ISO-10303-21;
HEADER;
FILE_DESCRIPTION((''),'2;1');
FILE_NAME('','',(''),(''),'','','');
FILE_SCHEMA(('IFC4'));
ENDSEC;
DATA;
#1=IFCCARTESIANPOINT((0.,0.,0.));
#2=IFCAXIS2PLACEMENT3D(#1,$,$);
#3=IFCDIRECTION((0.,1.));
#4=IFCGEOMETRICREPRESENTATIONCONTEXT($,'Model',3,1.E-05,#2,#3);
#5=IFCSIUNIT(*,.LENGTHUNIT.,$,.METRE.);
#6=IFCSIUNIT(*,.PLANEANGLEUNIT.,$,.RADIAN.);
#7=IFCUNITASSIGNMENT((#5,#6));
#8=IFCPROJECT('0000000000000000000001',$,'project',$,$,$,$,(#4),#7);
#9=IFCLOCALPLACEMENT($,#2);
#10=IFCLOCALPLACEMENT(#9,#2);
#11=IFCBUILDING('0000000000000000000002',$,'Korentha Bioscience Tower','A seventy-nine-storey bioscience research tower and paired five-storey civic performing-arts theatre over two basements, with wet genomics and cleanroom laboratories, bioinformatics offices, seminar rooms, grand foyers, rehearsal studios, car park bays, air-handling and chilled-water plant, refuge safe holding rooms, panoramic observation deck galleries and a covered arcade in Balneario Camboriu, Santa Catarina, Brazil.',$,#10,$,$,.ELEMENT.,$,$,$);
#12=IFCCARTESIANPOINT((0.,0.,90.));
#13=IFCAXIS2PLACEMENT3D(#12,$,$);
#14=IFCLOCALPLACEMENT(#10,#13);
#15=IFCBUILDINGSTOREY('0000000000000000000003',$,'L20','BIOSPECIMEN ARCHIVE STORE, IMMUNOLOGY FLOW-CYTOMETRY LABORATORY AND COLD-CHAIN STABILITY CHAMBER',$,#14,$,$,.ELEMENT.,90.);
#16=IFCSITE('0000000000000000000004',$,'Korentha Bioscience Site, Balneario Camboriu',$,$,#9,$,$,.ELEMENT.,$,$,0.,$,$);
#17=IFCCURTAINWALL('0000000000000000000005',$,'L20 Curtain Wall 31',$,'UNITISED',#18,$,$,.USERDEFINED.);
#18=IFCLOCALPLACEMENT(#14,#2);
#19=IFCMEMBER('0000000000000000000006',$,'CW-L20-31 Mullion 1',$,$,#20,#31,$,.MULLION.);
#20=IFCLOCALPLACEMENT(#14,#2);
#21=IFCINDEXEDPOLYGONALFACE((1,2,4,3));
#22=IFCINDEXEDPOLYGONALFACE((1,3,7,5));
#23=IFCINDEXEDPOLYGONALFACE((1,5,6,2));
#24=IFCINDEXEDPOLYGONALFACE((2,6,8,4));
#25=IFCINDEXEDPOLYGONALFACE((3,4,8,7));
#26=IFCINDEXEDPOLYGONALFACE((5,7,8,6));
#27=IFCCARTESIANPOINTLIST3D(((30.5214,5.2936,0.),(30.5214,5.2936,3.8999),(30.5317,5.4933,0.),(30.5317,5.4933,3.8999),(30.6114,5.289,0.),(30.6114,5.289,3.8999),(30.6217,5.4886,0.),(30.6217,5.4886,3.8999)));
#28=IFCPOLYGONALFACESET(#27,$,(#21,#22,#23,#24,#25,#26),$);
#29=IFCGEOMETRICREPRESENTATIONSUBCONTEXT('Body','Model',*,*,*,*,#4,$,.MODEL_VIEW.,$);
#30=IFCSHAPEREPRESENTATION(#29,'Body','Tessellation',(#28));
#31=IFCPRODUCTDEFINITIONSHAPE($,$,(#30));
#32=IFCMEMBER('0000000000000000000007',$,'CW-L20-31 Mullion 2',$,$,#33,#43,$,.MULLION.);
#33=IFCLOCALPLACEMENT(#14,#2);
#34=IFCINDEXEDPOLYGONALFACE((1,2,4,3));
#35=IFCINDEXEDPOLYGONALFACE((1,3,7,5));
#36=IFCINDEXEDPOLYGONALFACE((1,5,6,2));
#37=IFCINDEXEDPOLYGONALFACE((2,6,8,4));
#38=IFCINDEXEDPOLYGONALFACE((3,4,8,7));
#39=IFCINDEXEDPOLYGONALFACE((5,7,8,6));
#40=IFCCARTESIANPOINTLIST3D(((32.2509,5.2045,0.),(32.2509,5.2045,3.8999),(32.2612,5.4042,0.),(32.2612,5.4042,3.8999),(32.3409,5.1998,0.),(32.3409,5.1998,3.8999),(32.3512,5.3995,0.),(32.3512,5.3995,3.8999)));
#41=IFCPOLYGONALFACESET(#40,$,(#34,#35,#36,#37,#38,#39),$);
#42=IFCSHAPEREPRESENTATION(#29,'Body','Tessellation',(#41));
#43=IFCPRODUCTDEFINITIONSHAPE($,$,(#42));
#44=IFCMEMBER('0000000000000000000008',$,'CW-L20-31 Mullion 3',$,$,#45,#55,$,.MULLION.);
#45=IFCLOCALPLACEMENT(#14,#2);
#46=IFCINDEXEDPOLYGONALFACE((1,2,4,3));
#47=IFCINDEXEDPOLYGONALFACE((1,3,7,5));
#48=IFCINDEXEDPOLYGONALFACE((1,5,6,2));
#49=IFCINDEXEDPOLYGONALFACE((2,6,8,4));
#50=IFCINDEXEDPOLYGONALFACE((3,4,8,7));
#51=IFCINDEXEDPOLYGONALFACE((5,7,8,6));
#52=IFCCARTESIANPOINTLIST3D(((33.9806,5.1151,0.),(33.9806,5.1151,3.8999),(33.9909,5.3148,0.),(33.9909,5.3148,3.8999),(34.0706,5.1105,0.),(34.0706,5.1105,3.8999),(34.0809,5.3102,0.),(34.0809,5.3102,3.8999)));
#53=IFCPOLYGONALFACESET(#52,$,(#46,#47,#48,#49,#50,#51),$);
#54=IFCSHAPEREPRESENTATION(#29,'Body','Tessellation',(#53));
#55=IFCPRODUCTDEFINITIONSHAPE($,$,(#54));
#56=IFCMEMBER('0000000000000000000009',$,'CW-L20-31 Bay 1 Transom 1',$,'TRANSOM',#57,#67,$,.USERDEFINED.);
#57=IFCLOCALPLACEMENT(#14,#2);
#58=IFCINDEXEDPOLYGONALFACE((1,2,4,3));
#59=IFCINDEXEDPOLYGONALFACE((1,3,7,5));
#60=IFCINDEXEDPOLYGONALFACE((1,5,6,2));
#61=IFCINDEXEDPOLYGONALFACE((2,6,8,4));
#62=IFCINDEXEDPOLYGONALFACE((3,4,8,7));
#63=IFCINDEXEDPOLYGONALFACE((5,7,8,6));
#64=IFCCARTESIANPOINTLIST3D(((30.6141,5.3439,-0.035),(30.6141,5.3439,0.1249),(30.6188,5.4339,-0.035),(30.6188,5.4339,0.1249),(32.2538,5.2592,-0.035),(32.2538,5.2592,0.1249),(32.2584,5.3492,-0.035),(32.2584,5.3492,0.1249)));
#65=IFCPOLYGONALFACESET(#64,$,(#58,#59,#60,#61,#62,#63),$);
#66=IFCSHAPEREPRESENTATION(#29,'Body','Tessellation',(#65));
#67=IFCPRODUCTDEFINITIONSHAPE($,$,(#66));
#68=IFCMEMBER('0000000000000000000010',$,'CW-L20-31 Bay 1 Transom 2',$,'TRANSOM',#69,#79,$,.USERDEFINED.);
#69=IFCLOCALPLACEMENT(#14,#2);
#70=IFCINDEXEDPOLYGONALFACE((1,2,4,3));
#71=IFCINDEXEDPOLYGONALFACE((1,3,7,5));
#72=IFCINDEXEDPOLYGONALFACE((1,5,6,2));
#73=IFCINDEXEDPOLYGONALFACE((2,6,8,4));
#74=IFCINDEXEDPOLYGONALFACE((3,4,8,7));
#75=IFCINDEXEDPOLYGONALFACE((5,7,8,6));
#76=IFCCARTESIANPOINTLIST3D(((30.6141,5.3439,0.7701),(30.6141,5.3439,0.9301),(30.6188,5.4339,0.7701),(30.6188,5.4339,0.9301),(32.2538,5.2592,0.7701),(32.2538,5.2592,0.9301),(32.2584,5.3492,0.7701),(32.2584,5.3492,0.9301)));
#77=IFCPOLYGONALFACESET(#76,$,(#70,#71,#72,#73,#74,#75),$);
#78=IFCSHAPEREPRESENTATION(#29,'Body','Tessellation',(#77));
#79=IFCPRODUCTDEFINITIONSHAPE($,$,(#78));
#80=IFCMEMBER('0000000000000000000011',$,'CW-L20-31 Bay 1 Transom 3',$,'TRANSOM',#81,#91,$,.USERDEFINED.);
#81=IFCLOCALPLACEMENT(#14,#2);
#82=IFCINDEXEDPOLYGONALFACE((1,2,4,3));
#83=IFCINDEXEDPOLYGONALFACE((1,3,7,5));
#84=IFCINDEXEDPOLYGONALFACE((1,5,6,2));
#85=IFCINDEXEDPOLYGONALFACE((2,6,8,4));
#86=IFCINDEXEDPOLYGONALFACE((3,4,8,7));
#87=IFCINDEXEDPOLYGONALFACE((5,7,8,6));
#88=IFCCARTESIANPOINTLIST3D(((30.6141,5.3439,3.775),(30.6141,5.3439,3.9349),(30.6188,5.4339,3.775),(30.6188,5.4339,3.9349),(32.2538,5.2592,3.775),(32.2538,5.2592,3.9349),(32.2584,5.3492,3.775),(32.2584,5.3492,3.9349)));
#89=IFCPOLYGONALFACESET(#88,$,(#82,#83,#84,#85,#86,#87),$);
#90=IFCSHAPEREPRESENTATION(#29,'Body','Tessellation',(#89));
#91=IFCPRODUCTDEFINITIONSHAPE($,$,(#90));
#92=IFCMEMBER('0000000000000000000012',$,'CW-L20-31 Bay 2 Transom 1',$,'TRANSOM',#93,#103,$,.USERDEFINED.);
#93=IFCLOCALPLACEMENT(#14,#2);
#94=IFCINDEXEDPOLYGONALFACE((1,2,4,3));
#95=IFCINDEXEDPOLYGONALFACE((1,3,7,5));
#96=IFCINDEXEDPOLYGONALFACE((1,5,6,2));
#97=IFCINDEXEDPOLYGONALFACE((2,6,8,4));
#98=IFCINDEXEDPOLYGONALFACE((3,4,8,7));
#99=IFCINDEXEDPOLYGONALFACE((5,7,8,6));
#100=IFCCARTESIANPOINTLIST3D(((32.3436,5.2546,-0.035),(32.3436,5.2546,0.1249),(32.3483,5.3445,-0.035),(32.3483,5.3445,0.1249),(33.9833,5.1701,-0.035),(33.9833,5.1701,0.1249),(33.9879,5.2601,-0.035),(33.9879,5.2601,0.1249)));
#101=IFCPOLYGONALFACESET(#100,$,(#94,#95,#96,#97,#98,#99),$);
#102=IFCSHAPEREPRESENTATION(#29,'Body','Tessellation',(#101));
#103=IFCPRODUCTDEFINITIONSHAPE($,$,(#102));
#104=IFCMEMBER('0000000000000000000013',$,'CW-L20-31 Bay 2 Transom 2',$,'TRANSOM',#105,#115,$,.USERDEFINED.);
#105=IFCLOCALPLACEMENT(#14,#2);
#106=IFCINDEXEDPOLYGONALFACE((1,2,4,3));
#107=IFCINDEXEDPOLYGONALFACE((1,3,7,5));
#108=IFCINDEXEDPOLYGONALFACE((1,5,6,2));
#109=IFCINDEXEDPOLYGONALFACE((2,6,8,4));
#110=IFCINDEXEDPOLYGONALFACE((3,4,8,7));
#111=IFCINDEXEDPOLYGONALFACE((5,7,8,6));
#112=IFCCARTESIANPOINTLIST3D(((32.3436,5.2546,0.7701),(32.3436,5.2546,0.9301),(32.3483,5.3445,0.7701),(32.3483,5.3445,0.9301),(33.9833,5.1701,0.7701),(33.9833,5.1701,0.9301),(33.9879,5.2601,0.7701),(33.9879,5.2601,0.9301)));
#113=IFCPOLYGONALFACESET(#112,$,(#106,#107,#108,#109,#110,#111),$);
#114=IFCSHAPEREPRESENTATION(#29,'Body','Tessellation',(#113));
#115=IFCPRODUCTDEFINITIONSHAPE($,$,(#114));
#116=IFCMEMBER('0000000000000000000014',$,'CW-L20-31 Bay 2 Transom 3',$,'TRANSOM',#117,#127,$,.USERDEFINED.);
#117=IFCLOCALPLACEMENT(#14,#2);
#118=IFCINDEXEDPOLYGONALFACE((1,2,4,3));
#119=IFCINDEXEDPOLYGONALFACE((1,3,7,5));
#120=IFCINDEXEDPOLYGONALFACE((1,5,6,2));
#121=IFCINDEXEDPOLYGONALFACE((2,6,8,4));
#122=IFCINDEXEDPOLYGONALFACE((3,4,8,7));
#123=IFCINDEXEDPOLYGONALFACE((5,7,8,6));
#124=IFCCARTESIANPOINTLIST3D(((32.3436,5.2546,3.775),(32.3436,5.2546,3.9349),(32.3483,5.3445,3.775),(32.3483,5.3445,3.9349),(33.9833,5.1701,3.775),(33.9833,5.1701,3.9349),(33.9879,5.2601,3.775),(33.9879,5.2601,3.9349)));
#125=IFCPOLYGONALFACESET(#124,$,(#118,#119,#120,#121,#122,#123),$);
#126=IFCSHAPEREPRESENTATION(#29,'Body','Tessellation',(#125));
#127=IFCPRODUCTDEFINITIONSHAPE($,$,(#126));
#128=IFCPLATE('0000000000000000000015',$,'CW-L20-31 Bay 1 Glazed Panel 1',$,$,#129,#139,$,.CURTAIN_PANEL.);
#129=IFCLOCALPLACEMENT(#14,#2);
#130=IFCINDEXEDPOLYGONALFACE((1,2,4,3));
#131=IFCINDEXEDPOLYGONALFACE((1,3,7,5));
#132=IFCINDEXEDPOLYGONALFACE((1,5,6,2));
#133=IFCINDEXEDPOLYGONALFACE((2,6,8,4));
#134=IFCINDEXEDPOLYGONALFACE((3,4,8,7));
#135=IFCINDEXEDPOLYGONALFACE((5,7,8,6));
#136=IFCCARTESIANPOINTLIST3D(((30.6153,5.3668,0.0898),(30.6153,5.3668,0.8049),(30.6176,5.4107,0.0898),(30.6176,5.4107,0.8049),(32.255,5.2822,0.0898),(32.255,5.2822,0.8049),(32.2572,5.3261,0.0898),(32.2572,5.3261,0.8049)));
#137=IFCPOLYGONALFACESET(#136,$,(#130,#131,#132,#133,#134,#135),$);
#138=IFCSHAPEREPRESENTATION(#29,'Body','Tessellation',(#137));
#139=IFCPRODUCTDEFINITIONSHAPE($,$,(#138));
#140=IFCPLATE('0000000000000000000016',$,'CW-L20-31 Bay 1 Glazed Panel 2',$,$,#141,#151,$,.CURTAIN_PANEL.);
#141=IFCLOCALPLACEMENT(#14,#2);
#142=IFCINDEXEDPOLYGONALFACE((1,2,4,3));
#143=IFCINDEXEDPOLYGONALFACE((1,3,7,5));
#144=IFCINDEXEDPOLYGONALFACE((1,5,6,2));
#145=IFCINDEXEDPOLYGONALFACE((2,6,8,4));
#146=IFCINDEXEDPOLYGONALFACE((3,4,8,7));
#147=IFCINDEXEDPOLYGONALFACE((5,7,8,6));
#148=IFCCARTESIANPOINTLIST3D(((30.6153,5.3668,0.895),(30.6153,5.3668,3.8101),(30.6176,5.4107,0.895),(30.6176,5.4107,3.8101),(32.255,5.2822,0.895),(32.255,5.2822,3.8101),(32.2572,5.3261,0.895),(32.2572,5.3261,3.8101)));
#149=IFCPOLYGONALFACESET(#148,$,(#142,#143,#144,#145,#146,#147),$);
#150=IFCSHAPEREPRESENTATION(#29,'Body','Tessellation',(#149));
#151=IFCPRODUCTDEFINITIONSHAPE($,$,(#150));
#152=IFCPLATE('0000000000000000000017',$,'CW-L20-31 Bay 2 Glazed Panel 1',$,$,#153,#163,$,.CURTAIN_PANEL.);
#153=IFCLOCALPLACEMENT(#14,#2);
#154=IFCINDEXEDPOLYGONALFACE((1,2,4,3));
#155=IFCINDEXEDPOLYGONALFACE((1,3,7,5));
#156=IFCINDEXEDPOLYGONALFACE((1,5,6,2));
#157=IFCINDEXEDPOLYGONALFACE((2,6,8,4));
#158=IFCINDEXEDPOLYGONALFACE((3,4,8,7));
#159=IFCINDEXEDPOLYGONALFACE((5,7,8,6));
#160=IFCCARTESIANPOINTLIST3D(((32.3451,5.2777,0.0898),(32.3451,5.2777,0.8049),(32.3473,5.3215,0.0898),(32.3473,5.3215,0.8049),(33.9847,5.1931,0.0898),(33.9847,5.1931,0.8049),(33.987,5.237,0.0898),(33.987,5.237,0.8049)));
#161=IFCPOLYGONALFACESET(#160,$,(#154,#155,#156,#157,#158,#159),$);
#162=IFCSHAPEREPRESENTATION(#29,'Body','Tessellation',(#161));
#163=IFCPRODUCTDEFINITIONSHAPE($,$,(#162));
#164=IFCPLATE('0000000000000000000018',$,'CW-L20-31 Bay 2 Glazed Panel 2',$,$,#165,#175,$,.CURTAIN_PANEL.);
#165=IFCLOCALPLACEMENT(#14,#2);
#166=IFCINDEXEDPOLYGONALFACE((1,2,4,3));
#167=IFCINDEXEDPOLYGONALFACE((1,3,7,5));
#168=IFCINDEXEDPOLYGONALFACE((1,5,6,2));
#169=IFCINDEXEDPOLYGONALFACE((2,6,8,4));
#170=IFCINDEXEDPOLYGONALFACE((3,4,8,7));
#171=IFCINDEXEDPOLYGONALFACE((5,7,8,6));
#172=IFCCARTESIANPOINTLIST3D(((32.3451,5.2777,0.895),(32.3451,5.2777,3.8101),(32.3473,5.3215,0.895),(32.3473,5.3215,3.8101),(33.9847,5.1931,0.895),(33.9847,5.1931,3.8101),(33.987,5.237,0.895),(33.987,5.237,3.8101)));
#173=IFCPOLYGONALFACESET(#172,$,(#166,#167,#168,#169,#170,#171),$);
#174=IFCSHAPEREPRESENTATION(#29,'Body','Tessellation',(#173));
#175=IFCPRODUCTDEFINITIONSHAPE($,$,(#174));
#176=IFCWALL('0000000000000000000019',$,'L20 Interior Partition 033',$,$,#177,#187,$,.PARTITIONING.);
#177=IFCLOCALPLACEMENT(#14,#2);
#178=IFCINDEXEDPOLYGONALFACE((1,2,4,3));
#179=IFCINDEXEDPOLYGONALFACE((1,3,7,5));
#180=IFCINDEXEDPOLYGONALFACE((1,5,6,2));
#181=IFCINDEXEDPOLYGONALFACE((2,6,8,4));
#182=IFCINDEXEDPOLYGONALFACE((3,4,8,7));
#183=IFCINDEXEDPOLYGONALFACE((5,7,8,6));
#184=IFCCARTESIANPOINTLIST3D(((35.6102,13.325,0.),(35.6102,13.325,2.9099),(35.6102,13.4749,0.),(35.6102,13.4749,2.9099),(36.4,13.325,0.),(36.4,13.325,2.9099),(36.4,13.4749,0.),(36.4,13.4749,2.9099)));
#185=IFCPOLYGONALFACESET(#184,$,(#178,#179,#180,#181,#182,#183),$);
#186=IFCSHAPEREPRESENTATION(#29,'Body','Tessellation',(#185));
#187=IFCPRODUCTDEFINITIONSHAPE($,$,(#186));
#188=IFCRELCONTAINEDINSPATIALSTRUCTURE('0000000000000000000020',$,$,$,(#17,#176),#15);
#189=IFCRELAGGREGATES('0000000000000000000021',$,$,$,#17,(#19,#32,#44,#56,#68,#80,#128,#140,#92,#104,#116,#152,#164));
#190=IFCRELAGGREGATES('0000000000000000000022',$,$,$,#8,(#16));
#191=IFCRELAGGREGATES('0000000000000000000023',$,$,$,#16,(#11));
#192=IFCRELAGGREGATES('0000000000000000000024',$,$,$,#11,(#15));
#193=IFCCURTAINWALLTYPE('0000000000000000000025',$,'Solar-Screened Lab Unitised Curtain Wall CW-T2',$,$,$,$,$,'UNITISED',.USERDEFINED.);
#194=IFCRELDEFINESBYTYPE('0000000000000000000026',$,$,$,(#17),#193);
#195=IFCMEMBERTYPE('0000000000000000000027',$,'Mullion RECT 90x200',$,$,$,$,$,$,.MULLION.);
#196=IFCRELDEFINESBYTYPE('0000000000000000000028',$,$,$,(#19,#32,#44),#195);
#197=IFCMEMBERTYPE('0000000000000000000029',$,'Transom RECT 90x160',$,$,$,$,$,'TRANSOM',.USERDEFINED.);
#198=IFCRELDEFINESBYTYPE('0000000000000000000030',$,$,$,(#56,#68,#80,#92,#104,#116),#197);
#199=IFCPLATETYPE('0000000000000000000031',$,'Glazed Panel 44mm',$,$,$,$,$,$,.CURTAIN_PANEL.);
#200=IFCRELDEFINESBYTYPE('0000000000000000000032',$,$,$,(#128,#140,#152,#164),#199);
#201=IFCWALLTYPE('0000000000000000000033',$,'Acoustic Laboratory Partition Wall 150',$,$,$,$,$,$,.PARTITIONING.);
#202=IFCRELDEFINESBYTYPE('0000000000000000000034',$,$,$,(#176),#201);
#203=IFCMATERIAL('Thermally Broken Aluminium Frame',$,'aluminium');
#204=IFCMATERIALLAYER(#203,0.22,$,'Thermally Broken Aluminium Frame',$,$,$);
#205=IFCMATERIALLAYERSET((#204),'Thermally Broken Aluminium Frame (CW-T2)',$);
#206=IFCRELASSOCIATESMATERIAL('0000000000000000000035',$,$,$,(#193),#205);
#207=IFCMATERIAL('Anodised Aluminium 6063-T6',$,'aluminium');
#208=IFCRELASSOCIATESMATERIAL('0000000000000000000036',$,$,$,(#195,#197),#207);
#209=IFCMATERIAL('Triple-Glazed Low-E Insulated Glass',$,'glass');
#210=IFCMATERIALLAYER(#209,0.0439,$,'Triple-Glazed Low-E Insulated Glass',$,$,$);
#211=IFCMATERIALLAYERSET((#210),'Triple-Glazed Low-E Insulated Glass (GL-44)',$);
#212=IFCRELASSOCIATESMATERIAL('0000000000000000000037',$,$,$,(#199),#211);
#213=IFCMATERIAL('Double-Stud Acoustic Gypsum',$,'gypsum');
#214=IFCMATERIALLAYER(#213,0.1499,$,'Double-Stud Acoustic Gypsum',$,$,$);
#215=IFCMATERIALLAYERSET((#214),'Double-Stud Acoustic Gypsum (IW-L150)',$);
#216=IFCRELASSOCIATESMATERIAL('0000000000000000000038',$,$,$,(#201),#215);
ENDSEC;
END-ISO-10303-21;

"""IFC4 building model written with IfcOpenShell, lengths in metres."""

from ifc_helpers import new_model, si_unit, direction, frame, frame_2d, origin, origin_2d, place, context, subcontext, project, spatial, rectangle, extrude, material, layer, layer_set, material_profile, profile_set, type_object, element, aggregate, save


model = new_model("IFC4")

# Units and contexts
model_context = context("Model", 3, precision=1e-05, world=origin(), true_north=direction((0.0, 1.0)))
body_context = subcontext(model_context, "Body", "Model", "MODEL_VIEW")
ifc_project = project(units=[si_unit("LENGTHUNIT", "METRE"), si_unit("PLANEANGLEUNIT", "RADIAN")], contexts=[model_context])

# Site, building, storey
site_placement = place(None, origin())
site = spatial("IfcSite", under=ifc_project, at=site_placement, Name="Korentha Bioscience Site, Balneario Camboriu", CompositionType="ELEMENT", RefElevation=0.0)
building_placement = place(site_placement, origin())
building = spatial("IfcBuilding", under=site, at=building_placement, Name="Korentha Bioscience Tower", Description="A seventy-nine-storey bioscience research tower and paired five-storey civic performing-arts theatre over two basements, with wet genomics and cleanroom laboratories, bioinformatics offices, seminar rooms, grand foyers, rehearsal studios, car park bays, air-handling and chilled-water plant, refuge safe holding rooms, panoramic observation deck galleries and a covered arcade in Balneario Camboriu, Santa Catarina, Brazil.", CompositionType="ELEMENT")
storey_placement = place(building_placement, frame((0.0, 0.0, 90.0)))
storey = spatial("IfcBuildingStorey", under=building, at=storey_placement, Name="L20", Description="BIOSPECIMEN ARCHIVE STORE, IMMUNOLOGY FLOW-CYTOMETRY LABORATORY AND COLD-CHAIN STABILITY CHAMBER", CompositionType="ELEMENT", Elevation=90.0)

# Curtain wall, members, plates
ifc_material_1 = material(Name="Thermally Broken Aluminium Frame", Category="aluminium")
ifc_layer_1 = layer(ifc_material_1, 0.22, Name="Thermally Broken Aluminium Frame")
ifc_layer_set_1 = layer_set([ifc_layer_1], Name="Thermally Broken Aluminium Frame (CW-T2)")
curtain_wall_type = type_object("IfcCurtainWallType", Name="Solar-Screened Lab Unitised Curtain Wall CW-T2", ElementType="UNITISED", PredefinedType="USERDEFINED", material=ifc_layer_set_1)
curtain_wall_placement = place(storey_placement, origin())
curtain_wall = element("IfcCurtainWall", 1, at=curtain_wall_placement, inside=storey, type_object=curtain_wall_type, Name="L20 Curtain Wall 31", ObjectType="UNITISED", PredefinedType="USERDEFINED")
ifc_material_2 = material(Name="Anodised Aluminium 6063-T6", Category="aluminium")
ifc_material_profile_1 = material_profile(ifc_material_2, rectangle(XDim=0.0901, YDim=0.2, at=origin_2d()), Name="Anodised Aluminium 6063-T6")
ifc_profile_set_1 = profile_set([ifc_material_profile_1], Name="Anodised Aluminium 6063-T6 (CW-MUL)")
member_type_1 = type_object("IfcMemberType", Name="Mullion RECT 90x200", PredefinedType="MULLION", material=ifc_profile_set_1)
member_1_placement = place(storey_placement, frame((30.5715, 5.3911, 0.0), z_axis=(0.0, 0.0, 1.0), x_axis=(0.998673, -0.051495, 0.0)))
member_1 = element("IfcMember", 2, at=member_1_placement, type_object=member_type_1, Name="CW-L20-31 Mullion 1", PredefinedType="MULLION", context=body_context, shape_type="SweptSolid", body=[
    extrude(rectangle(XDim=0.0901, YDim=0.2, at=origin_2d()), origin(), (0.0, 0.0, 1.0), 3.8999),
])
member_2_placement = place(storey_placement, frame((32.301, 5.302, 0.0), z_axis=(0.0, 0.0, 1.0), x_axis=(0.998673, -0.051495, 0.0)))
member_2 = element("IfcMember", 3, at=member_2_placement, type_object=member_type_1, Name="CW-L20-31 Mullion 2", PredefinedType="MULLION", context=body_context, shape_type="SweptSolid", body=[
    extrude(rectangle(XDim=0.0901, YDim=0.2, at=origin_2d()), origin(), (0.0, 0.0, 1.0), 3.8999),
])
member_3_placement = place(storey_placement, frame((34.0308, 5.2126, 0.0), z_axis=(0.0, 0.0, 1.0), x_axis=(0.998673, -0.051495, 0.0)))
member_3 = element("IfcMember", 4, at=member_3_placement, type_object=member_type_1, Name="CW-L20-31 Mullion 3", PredefinedType="MULLION", context=body_context, shape_type="SweptSolid", body=[
    extrude(rectangle(XDim=0.0901, YDim=0.2, at=origin_2d()), origin(), (0.0, 0.0, 1.0), 3.8999),
])
ifc_material_profile_2 = material_profile(ifc_material_2, rectangle(XDim=0.0901, YDim=0.1599, at=origin_2d()), Name="Anodised Aluminium 6063-T6")
ifc_profile_set_2 = profile_set([ifc_material_profile_2], Name="Anodised Aluminium 6063-T6 (CW-TRN)")
member_type_2 = type_object("IfcMemberType", Name="Transom RECT 90x160", ElementType="TRANSOM", PredefinedType="USERDEFINED", material=ifc_profile_set_2)
member_4_placement = place(storey_placement, frame((30.6165, 5.3889, 0.0449), z_axis=(0.998668, -0.051599, 0.0), x_axis=(0.051599, 0.998668, 0.0)))
member_4 = element("IfcMember", 5, at=member_4_placement, type_object=member_type_2, Name="CW-L20-31 Bay 1 Transom 1", ObjectType="TRANSOM", PredefinedType="USERDEFINED", context=body_context, shape_type="SweptSolid", body=[
    extrude(rectangle(XDim=0.0901, YDim=0.1599, at=origin_2d()), origin(), (0.0, 0.0, 1.0), 1.6418),
])
member_5_placement = place(storey_placement, frame((30.6165, 5.3889, 0.8501), z_axis=(0.998668, -0.051599, 0.0), x_axis=(0.051599, 0.998668, 0.0)))
member_5 = element("IfcMember", 6, at=member_5_placement, type_object=member_type_2, Name="CW-L20-31 Bay 1 Transom 2", ObjectType="TRANSOM", PredefinedType="USERDEFINED", context=body_context, shape_type="SweptSolid", body=[
    extrude(rectangle(XDim=0.0901, YDim=0.1599, at=origin_2d()), origin(), (0.0, 0.0, 1.0), 1.6418),
])
member_6_placement = place(storey_placement, frame((30.6165, 5.3889, 3.855), z_axis=(0.998668, -0.051599, 0.0), x_axis=(0.051599, 0.998668, 0.0)))
member_6 = element("IfcMember", 7, at=member_6_placement, type_object=member_type_2, Name="CW-L20-31 Bay 1 Transom 3", ObjectType="TRANSOM", PredefinedType="USERDEFINED", context=body_context, shape_type="SweptSolid", body=[
    extrude(rectangle(XDim=0.0901, YDim=0.1599, at=origin_2d()), origin(), (0.0, 0.0, 1.0), 1.6418),
])
member_7_placement = place(storey_placement, frame((32.3459, 5.2996, 0.0449), z_axis=(0.998676, -0.051451, 0.0), x_axis=(0.051451, 0.998676, 0.0)))
member_7 = element("IfcMember", 8, at=member_7_placement, type_object=member_type_2, Name="CW-L20-31 Bay 2 Transom 1", ObjectType="TRANSOM", PredefinedType="USERDEFINED", context=body_context, shape_type="SweptSolid", body=[
    extrude(rectangle(XDim=0.0901, YDim=0.1599, at=origin_2d()), origin(), (0.0, 0.0, 1.0), 1.6418),
])
member_8_placement = place(storey_placement, frame((32.3459, 5.2996, 0.8501), z_axis=(0.998676, -0.051451, 0.0), x_axis=(0.051451, 0.998676, 0.0)))
member_8 = element("IfcMember", 9, at=member_8_placement, type_object=member_type_2, Name="CW-L20-31 Bay 2 Transom 2", ObjectType="TRANSOM", PredefinedType="USERDEFINED", context=body_context, shape_type="SweptSolid", body=[
    extrude(rectangle(XDim=0.0901, YDim=0.1599, at=origin_2d()), origin(), (0.0, 0.0, 1.0), 1.6418),
])
member_9_placement = place(storey_placement, frame((32.3459, 5.2996, 3.855), z_axis=(0.998676, -0.051451, 0.0), x_axis=(0.051451, 0.998676, 0.0)))
member_9 = element("IfcMember", 10, at=member_9_placement, type_object=member_type_2, Name="CW-L20-31 Bay 2 Transom 3", ObjectType="TRANSOM", PredefinedType="USERDEFINED", context=body_context, shape_type="SweptSolid", body=[
    extrude(rectangle(XDim=0.0901, YDim=0.1599, at=origin_2d()), origin(), (0.0, 0.0, 1.0), 1.6418),
])
ifc_material_3 = material(Name="Triple-Glazed Low-E Insulated Glass", Category="glass")
ifc_layer_2 = layer(ifc_material_3, 0.0439, Name="Triple-Glazed Low-E Insulated Glass")
ifc_layer_set_2 = layer_set([ifc_layer_2], Name="Triple-Glazed Low-E Insulated Glass (GL-44)")
plate_type = type_object("IfcPlateType", Name="Glazed Panel 44mm", PredefinedType="CURTAIN_PANEL", material=ifc_layer_set_2)
plate_1_placement = place(storey_placement, frame((31.4363, 5.3464, 0.0898), z_axis=(0.0, 0.0, 1.0), x_axis=(0.998673, -0.051495, 0.0)))
plate_1 = element("IfcPlate", 11, at=plate_1_placement, type_object=plate_type, Name="CW-L20-31 Bay 1 Glazed Panel 1", PredefinedType="CURTAIN_PANEL", context=body_context, shape_type="SweptSolid", body=[
    extrude(rectangle(XDim=1.6418, YDim=0.0439, at=origin_2d()), origin(), (0.0, 0.0, 1.0), 0.7151),
])
plate_2_placement = place(storey_placement, frame((31.4363, 5.3464, 0.895), z_axis=(0.0, 0.0, 1.0), x_axis=(0.998673, -0.051495, 0.0)))
plate_2 = element("IfcPlate", 12, at=plate_2_placement, type_object=plate_type, Name="CW-L20-31 Bay 1 Glazed Panel 2", PredefinedType="CURTAIN_PANEL", context=body_context, shape_type="SweptSolid", body=[
    extrude(rectangle(XDim=1.6418, YDim=0.0439, at=origin_2d()), origin(), (0.0, 0.0, 1.0), 2.915),
])
plate_3_placement = place(storey_placement, frame((33.166, 5.2573, 0.0898), z_axis=(0.0, 0.0, 1.0), x_axis=(0.998673, -0.051495, 0.0)))
plate_3 = element("IfcPlate", 13, at=plate_3_placement, type_object=plate_type, Name="CW-L20-31 Bay 2 Glazed Panel 1", PredefinedType="CURTAIN_PANEL", context=body_context, shape_type="SweptSolid", body=[
    extrude(rectangle(XDim=1.6418, YDim=0.0439, at=origin_2d()), origin(), (0.0, 0.0, 1.0), 0.7151),
])
plate_4_placement = place(storey_placement, frame((33.166, 5.2573, 0.895), z_axis=(0.0, 0.0, 1.0), x_axis=(0.998673, -0.051495, 0.0)))
plate_4 = element("IfcPlate", 14, at=plate_4_placement, type_object=plate_type, Name="CW-L20-31 Bay 2 Glazed Panel 2", PredefinedType="CURTAIN_PANEL", context=body_context, shape_type="SweptSolid", body=[
    extrude(rectangle(XDim=1.6418, YDim=0.0439, at=origin_2d()), origin(), (0.0, 0.0, 1.0), 2.915),
])
aggregate(curtain_wall, [member_1, member_2, member_3, member_4, member_5, member_6, plate_1, plate_2, member_7, member_8, member_9, plate_3, plate_4])

# Wall
ifc_material_4 = material(Name="Double-Stud Acoustic Gypsum", Category="gypsum")
ifc_layer_3 = layer(ifc_material_4, 0.1499, Name="Double-Stud Acoustic Gypsum")
ifc_layer_set_3 = layer_set([ifc_layer_3], Name="Double-Stud Acoustic Gypsum (IW-L150)")
wall_type_1 = type_object("IfcWallType", Name="Acoustic Laboratory Partition Wall 150", PredefinedType="PARTITIONING", material=ifc_layer_set_3)
wall_1_placement = place(storey_placement, frame((35.6101, 13.3999, 0.0), z_axis=(0.0, 0.0, 1.0), x_axis=(1.0, 0.0, 0.0)))
element("IfcWall", 15, at=wall_1_placement, inside=storey, type_object=wall_type_1, Name="L20 Interior Partition 033", PredefinedType="PARTITIONING", context=body_context, shape_type="SweptSolid", body=[
    extrude(rectangle(XDim=0.7898, YDim=0.1499, at=frame_2d((0.395, 0.0))), origin(), (0.0, 0.0, 1.0), 2.9099),
])

save(model, "model.ifc")
